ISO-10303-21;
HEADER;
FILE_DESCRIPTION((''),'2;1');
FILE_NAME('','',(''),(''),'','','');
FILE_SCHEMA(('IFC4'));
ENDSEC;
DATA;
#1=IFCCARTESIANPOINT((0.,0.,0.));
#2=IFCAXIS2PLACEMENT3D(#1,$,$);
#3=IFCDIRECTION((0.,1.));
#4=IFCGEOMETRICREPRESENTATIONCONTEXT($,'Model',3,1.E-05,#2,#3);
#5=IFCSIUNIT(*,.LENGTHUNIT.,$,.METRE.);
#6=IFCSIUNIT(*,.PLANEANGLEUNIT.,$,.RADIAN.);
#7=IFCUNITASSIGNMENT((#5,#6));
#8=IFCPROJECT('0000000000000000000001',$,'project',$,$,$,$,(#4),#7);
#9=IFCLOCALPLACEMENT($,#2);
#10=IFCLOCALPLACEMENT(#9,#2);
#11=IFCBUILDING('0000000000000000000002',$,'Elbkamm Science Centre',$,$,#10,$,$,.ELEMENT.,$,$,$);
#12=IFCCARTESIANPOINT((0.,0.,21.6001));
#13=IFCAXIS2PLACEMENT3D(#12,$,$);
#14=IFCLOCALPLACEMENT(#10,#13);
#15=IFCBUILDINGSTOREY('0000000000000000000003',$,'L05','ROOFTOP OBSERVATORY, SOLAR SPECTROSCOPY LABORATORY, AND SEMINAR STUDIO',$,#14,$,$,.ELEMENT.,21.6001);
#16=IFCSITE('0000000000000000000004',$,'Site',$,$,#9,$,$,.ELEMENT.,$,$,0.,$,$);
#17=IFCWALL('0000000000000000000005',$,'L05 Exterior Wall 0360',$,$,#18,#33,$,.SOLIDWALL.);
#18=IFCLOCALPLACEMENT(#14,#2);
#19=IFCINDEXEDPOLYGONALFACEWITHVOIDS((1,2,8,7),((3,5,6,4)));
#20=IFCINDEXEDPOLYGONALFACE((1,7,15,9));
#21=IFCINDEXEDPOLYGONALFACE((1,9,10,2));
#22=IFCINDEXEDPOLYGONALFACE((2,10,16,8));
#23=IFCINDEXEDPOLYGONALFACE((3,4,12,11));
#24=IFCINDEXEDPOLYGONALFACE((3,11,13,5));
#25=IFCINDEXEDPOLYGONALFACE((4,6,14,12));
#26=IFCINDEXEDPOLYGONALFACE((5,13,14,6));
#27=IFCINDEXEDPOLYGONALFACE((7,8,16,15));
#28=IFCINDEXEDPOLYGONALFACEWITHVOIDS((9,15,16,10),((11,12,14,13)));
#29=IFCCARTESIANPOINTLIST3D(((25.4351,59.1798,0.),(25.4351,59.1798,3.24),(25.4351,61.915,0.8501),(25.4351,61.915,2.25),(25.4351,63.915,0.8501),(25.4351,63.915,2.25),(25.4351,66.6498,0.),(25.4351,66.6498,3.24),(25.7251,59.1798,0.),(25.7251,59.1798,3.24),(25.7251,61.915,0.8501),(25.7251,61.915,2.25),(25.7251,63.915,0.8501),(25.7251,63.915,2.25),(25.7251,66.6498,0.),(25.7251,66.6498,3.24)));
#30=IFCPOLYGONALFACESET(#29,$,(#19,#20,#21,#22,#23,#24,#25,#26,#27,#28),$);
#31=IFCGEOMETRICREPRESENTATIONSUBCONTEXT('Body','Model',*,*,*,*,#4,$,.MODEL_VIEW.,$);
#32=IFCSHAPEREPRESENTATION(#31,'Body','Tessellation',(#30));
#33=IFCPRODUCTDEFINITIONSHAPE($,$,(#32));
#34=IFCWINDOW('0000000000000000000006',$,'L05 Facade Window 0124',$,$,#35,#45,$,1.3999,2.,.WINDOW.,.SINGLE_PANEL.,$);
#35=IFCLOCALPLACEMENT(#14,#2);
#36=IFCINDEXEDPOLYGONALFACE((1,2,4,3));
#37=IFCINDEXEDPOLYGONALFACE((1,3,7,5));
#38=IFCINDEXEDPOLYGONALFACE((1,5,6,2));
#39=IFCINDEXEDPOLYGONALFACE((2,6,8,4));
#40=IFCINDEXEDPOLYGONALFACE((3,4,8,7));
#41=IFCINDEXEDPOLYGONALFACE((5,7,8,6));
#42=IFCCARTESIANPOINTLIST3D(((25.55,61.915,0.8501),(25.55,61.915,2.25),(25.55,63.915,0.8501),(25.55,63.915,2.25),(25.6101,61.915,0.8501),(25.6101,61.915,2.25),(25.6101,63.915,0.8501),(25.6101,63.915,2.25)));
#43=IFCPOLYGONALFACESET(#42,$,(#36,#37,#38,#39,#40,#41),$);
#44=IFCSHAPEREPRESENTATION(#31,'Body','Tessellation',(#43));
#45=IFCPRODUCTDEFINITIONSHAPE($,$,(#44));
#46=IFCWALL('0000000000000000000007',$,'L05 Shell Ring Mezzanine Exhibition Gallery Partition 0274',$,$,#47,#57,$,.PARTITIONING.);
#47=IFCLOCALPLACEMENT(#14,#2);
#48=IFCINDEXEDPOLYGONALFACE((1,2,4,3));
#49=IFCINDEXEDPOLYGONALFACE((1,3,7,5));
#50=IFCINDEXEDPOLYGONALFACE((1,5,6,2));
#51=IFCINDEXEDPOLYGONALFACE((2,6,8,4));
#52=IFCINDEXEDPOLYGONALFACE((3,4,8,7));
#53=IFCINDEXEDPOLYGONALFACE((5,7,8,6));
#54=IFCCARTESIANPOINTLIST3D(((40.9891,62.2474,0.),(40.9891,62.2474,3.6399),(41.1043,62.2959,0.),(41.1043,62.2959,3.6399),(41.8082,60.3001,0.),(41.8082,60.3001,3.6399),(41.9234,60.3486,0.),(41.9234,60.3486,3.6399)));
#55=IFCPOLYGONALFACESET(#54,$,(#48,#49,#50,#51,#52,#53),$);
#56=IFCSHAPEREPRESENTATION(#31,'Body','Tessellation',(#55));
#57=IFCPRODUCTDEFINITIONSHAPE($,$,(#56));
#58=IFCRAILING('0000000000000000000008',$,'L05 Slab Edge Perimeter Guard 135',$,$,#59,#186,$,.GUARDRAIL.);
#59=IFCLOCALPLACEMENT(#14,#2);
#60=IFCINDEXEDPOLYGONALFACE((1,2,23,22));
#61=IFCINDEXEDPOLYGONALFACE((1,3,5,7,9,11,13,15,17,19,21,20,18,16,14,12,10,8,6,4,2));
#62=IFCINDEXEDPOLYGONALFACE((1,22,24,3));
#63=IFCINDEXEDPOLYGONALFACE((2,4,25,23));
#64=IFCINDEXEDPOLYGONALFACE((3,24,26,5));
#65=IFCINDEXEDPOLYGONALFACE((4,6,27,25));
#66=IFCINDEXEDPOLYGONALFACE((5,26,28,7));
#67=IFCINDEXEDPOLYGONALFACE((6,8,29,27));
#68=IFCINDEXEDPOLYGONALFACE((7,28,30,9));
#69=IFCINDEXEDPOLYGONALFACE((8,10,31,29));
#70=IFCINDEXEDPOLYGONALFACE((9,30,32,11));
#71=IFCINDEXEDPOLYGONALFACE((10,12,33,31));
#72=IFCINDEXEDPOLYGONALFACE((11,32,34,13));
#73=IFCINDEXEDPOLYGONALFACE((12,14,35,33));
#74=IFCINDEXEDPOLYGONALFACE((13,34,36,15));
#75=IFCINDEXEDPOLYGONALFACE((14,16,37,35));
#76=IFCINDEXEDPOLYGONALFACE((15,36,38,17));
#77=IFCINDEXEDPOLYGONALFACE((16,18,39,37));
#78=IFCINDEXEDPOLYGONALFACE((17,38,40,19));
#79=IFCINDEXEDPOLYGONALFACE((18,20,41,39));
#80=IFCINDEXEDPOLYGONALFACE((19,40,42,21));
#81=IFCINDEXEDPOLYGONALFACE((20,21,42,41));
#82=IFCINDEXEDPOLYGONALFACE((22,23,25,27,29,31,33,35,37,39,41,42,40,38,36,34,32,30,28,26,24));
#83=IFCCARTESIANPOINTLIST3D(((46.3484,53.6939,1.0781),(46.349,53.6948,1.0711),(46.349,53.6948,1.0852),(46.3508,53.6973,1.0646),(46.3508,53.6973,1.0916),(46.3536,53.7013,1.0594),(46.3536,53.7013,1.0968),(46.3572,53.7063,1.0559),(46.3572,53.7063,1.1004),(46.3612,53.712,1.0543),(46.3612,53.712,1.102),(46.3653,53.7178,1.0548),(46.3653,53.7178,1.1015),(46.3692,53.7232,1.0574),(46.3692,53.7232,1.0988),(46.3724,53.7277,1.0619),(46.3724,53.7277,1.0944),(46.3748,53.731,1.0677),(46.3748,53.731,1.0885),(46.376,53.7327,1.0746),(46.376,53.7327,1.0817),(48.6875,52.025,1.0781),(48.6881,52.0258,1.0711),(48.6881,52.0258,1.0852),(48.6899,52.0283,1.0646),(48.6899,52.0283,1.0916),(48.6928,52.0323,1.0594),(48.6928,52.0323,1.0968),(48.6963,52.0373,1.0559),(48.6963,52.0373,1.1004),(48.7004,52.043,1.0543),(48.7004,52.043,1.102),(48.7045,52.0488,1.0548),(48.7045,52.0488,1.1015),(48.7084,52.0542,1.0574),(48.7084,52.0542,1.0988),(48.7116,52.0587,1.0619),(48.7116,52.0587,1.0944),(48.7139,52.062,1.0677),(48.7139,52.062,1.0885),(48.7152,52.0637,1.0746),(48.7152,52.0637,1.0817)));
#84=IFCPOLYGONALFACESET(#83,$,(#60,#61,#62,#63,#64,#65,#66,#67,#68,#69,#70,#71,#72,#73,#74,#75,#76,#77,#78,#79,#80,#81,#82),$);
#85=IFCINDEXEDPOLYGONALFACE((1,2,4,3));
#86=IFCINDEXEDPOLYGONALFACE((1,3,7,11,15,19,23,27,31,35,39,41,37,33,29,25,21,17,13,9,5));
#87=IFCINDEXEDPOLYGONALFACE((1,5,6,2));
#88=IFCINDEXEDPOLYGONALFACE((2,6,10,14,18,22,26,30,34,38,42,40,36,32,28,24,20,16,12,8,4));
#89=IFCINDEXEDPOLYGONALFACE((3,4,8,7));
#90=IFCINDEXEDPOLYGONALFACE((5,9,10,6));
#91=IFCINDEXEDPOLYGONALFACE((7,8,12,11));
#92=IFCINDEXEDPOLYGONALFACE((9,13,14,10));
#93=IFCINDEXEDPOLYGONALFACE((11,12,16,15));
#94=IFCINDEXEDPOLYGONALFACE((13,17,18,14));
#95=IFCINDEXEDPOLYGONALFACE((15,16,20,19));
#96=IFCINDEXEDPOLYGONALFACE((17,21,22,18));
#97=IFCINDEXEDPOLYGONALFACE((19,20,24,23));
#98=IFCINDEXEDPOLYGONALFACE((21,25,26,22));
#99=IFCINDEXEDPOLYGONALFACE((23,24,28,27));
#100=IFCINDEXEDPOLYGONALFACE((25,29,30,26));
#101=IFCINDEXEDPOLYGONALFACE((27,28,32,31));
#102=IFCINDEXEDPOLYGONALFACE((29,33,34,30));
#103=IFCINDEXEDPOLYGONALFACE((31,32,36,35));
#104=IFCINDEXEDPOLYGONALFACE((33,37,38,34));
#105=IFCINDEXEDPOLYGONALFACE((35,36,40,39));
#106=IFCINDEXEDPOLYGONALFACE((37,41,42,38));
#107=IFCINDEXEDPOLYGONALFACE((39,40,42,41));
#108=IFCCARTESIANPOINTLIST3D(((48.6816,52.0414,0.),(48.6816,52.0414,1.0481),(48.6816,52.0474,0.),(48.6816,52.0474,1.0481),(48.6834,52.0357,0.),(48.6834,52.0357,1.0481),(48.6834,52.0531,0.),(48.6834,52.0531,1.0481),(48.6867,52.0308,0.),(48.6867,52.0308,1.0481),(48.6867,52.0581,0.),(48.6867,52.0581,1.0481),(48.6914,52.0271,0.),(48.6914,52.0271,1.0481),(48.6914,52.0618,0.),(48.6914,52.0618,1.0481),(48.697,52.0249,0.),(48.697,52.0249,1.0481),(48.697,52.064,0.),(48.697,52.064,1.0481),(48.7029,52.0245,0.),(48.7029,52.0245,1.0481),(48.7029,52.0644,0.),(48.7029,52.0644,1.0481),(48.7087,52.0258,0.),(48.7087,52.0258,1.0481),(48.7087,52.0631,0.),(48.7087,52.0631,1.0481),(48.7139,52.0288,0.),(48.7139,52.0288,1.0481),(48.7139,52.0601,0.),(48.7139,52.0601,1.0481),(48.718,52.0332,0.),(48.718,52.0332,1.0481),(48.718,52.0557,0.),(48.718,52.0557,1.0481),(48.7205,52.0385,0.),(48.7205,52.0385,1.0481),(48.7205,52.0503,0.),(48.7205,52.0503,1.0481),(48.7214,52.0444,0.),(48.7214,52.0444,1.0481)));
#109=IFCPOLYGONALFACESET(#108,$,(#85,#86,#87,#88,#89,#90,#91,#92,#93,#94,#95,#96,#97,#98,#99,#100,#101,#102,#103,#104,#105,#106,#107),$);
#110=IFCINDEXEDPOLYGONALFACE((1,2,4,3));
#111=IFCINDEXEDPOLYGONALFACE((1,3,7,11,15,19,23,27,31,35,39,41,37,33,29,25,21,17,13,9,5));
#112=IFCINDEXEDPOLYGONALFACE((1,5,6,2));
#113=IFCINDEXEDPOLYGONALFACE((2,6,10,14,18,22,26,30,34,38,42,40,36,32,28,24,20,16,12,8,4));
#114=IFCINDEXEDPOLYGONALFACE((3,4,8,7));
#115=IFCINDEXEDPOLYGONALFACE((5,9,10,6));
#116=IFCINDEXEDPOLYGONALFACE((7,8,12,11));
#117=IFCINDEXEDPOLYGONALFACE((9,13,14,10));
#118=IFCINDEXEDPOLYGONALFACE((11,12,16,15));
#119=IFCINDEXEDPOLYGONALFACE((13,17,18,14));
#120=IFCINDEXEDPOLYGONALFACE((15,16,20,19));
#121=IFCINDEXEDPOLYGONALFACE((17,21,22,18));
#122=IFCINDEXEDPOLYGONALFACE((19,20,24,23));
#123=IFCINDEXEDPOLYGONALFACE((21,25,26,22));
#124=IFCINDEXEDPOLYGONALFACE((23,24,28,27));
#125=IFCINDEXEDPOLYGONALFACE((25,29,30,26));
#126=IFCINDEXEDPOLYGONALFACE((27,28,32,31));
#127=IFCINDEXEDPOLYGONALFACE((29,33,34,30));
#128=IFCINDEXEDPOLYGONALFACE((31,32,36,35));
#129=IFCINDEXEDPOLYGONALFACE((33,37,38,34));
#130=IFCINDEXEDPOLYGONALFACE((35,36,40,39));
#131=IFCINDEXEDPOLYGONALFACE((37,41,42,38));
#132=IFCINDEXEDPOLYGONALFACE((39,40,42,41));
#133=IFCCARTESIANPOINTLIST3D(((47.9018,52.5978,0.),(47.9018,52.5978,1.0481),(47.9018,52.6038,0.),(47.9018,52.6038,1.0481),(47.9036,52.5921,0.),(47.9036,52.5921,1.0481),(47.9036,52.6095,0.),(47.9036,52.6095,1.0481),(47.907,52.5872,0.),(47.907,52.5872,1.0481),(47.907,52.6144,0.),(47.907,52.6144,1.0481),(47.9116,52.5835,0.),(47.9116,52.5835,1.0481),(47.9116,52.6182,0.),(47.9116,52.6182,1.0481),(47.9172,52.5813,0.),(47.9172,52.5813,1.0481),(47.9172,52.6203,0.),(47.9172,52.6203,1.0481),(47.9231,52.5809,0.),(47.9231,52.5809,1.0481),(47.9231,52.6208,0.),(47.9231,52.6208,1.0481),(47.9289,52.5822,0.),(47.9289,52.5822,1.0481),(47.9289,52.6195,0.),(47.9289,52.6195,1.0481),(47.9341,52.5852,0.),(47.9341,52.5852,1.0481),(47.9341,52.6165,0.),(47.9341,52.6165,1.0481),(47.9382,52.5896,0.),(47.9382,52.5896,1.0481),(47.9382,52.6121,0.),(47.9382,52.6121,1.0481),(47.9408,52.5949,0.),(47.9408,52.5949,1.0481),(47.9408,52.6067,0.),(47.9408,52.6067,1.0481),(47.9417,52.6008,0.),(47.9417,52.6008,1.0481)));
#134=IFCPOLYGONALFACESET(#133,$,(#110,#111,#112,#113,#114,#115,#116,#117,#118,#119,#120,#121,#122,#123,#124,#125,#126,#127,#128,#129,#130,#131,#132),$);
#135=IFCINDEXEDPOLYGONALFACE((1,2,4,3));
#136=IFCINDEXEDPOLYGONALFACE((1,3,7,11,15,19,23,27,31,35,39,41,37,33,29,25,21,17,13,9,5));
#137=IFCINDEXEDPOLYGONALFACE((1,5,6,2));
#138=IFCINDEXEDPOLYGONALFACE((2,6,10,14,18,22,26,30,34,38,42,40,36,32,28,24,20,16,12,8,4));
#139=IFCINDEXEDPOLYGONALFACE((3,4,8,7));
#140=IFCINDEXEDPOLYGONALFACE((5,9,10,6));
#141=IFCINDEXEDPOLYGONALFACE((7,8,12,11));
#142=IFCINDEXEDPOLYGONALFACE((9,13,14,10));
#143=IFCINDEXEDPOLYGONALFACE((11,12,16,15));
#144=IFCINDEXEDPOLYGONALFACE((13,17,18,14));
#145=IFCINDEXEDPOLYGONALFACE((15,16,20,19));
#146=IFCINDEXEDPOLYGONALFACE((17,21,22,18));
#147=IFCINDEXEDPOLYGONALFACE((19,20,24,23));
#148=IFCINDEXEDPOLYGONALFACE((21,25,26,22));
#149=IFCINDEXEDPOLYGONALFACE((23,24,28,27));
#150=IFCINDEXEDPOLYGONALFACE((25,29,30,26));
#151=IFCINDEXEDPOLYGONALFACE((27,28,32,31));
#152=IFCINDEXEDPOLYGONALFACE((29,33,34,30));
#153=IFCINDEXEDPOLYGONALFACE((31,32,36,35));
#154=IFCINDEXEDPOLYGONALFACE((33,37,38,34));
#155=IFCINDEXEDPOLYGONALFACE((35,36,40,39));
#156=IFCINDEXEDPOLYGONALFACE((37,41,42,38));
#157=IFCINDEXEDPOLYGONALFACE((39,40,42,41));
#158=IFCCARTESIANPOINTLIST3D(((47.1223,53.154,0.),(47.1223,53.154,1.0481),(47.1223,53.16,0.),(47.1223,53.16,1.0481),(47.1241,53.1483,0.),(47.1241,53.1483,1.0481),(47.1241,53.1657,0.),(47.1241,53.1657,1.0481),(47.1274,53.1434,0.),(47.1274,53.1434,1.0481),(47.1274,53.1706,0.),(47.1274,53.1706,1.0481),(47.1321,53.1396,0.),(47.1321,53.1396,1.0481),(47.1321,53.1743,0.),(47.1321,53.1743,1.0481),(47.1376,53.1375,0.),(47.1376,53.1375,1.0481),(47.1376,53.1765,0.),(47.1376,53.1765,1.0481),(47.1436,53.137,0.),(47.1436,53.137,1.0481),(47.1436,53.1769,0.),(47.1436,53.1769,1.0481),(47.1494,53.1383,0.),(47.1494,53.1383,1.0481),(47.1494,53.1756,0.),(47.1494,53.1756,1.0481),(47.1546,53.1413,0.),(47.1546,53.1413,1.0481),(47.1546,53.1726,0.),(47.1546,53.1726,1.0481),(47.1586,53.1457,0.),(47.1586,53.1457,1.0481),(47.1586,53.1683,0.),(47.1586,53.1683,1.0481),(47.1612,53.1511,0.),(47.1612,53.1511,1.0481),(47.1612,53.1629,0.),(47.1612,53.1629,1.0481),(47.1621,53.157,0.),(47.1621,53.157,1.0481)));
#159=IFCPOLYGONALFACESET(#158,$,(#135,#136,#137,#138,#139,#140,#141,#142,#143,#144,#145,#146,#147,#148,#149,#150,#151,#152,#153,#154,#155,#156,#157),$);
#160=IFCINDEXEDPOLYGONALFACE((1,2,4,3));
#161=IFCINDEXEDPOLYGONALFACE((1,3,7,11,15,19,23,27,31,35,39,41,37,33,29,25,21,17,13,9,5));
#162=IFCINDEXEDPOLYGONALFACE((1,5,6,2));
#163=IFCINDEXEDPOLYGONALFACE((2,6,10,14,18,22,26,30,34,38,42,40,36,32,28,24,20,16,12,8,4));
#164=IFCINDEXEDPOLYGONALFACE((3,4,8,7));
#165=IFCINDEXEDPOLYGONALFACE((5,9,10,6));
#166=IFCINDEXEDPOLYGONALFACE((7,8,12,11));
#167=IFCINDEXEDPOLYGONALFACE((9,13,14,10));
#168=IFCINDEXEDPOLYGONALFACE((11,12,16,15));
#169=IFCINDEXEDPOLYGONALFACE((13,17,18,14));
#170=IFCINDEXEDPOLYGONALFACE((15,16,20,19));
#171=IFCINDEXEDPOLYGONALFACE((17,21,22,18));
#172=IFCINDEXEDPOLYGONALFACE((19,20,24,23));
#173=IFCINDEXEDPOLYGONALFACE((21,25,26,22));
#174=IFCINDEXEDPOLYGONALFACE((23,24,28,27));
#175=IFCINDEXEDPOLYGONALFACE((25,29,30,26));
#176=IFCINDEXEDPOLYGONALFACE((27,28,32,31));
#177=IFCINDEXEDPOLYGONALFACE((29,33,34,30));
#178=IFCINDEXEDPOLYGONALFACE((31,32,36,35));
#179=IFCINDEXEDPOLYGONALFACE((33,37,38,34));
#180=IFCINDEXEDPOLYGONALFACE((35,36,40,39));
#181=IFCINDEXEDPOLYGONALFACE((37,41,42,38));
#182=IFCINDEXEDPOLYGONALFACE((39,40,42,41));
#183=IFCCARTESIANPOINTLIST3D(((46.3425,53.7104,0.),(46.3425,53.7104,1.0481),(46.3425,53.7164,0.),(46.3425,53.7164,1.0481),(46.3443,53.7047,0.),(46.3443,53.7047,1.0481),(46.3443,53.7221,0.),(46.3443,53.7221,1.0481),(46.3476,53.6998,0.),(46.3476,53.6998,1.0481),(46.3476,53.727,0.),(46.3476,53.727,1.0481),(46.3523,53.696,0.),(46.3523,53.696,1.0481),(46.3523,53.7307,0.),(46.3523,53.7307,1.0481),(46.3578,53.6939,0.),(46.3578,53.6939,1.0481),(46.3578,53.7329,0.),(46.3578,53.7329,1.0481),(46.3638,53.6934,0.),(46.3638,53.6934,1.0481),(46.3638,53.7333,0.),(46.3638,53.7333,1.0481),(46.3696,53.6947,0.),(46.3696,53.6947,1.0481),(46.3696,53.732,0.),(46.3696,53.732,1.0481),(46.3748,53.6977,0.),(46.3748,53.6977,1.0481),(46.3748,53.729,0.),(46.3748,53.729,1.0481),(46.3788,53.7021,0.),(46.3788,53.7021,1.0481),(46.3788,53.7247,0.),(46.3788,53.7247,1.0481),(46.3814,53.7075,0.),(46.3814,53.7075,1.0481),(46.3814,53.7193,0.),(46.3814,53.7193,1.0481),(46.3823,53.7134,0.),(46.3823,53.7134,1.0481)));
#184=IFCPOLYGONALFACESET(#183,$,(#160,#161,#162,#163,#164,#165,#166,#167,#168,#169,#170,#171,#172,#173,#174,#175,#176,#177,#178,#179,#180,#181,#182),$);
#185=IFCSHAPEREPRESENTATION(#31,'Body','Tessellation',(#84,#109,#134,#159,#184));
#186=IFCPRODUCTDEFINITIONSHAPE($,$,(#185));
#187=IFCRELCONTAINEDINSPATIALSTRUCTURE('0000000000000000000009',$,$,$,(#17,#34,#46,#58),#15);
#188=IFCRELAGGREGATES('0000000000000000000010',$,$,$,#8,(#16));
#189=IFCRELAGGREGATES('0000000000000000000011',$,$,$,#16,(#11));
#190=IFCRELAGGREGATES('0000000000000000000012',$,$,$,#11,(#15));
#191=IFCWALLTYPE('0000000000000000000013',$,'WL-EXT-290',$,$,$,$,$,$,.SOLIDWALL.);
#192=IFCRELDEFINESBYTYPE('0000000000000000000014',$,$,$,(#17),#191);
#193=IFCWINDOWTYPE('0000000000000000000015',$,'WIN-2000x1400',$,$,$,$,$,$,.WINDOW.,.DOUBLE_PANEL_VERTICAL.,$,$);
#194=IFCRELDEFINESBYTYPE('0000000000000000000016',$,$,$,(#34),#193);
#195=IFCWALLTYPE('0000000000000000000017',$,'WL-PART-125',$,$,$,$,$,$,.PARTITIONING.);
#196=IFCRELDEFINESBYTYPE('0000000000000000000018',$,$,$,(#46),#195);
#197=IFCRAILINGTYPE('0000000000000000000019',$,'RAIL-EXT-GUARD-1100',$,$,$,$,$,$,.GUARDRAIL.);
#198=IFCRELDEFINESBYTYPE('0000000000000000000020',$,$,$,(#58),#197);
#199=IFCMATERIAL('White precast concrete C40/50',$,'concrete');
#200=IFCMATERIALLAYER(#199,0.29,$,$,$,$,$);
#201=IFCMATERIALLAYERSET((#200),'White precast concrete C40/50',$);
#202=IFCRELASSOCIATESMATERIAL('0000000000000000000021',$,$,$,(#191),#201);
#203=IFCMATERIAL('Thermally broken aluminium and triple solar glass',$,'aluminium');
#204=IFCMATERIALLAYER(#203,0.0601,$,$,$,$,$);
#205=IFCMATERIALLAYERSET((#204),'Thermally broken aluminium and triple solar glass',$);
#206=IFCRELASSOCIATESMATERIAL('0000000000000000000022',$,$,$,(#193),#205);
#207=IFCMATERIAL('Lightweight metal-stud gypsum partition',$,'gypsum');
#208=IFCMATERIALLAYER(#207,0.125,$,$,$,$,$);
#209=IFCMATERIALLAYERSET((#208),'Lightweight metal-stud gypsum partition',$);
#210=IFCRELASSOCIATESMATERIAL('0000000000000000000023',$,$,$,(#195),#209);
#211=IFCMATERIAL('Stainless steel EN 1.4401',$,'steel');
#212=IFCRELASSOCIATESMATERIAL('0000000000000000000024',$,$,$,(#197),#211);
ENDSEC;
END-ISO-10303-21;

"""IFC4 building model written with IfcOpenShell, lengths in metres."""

from ifc_helpers import new_model, si_unit, direction, frame, frame_2d, origin, origin_2d, place, context, subcontext, project, spatial, rectangle, circle, extrude, material, layer, layer_set, type_object, element, fill, save


model = new_model("IFC4")

# Units and contexts
model_context = context("Model", 3, precision=1e-05, world=origin(), true_north=direction((0.0, 1.0)))
body_context = subcontext(model_context, "Body", "Model", "MODEL_VIEW")
ifc_project = project(units=[si_unit("LENGTHUNIT", "METRE"), si_unit("PLANEANGLEUNIT", "RADIAN")], contexts=[model_context])

# Site, building, storey
site_placement = place(None, origin())
site = spatial("IfcSite", under=ifc_project, at=site_placement, Name="Site", CompositionType="ELEMENT", RefElevation=0.0)
building_placement = place(site_placement, origin())
building = spatial("IfcBuilding", under=site, at=building_placement, Name="Elbkamm Science Centre", CompositionType="ELEMENT")
storey_placement = place(building_placement, frame((0.0, 0.0, 21.6001)))
storey = spatial("IfcBuildingStorey", under=building, at=storey_placement, Name="L05", Description="ROOFTOP OBSERVATORY, SOLAR SPECTROSCOPY LABORATORY, AND SEMINAR STUDIO", CompositionType="ELEMENT", Elevation=21.6001)

# Shared definitions
ifc_material_1 = material(Name="White precast concrete C40/50", Category="concrete")
ifc_material_2 = material(Name="Thermally broken aluminium and triple solar glass", Category="aluminium")

# Shared definitions
ifc_layer_1 = layer(ifc_material_1, 0.29)
ifc_layer_set_1 = layer_set([ifc_layer_1], Name="White precast concrete C40/50")
wall_type_1 = type_object("IfcWallType", Name="WL-EXT-290", PredefinedType="SOLIDWALL", material=ifc_layer_set_1)

# Wall, opening, window
wall_1_placement = place(storey_placement, frame((25.5801, 59.1799, 0.0), z_axis=(0.0, 0.0, 1.0), x_axis=(0.0, 1.0, 0.0)))
wall_1 = element("IfcWall", 1, at=wall_1_placement, inside=storey, type_object=wall_type_1, Name="L05 Exterior Wall 0360", PredefinedType="SOLIDWALL", context=body_context, shape_type="SweptSolid", body=[
    extrude(rectangle(XDim=7.47, YDim=0.29, at=frame_2d((3.7349, 0.0))), origin(), (0.0, 0.0, 1.0), 3.24),
])
opening_1_placement = place(wall_1_placement, frame((2.7351, 0.0, 0.8501)))
opening_1 = element("IfcOpeningElement", 2, at=opening_1_placement, cuts=wall_1, PredefinedType="OPENING", context=body_context, shape_type="SweptSolid", body=[
    extrude(rectangle(XDim=2.0, YDim=1.3999, at=frame_2d((1.0, 0.7))), frame((0.0, 0.157, 0.0), z_axis=(0.0, -1.0, 0.0), x_axis=(1.0, 0.0, 0.0)), (0.0, 0.0, 1.0), 0.314),
])
ifc_layer_2 = layer(ifc_material_2, 0.0601)
ifc_layer_set_2 = layer_set([ifc_layer_2], Name="Thermally broken aluminium and triple solar glass")
window_type_1 = type_object("IfcWindowType", Name="WIN-2000x1400", PartitioningType="DOUBLE_PANEL_VERTICAL", PredefinedType="WINDOW", material=ifc_layer_set_2)
window_1_placement = place(opening_1_placement, origin())
window_1 = element("IfcWindow", 3, at=window_1_placement, inside=storey, type_object=window_type_1, Name="L05 Facade Window 0124", OverallHeight=1.3999, OverallWidth=2.0, PartitioningType="SINGLE_PANEL", PredefinedType="WINDOW", context=body_context, shape_type="SweptSolid", body=[
    extrude(rectangle(XDim=2.0, YDim=1.3999, at=frame_2d((1.0, 0.7))), frame((0.0, 0.03, 0.0), z_axis=(0.0, -1.0, 0.0), x_axis=(1.0, 0.0, 0.0)), (0.0, 0.0, 1.0), 0.0601),
])
fill(opening_1, window_1)

# Wall
ifc_material_3 = material(Name="Lightweight metal-stud gypsum partition", Category="gypsum")
ifc_layer_3 = layer(ifc_material_3, 0.125)
ifc_layer_set_3 = layer_set([ifc_layer_3], Name="Lightweight metal-stud gypsum partition")
wall_type_2 = type_object("IfcWallType", Name="WL-PART-125", PredefinedType="PARTITIONING", material=ifc_layer_set_3)
wall_2_placement = place(storey_placement, frame((41.8657, 60.3245, 0.0), z_axis=(0.0, 0.0, 1.0), x_axis=(-0.387731, 0.921772, 0.0)))
element("IfcWall", 4, at=wall_2_placement, inside=storey, type_object=wall_type_2, Name="L05 Shell Ring Mezzanine Exhibition Gallery Partition 0274", PredefinedType="PARTITIONING", context=body_context, shape_type="SweptSolid", body=[
    extrude(rectangle(XDim=2.1125, YDim=0.125, at=frame_2d((1.0562, 0.0))), origin(), (0.0, 0.0, 1.0), 3.6399),
])

# Railing
ifc_material_4 = material(Name="Stainless steel EN 1.4401", Category="steel")
railing_type = type_object("IfcRailingType", Name="RAIL-EXT-GUARD-1100", PredefinedType="GUARDRAIL", material=ifc_material_4)
railing_1_placement = place(storey_placement, frame((48.7014, 52.0444, 0.0)))
element("IfcRailing", 5, at=railing_1_placement, inside=storey, type_object=railing_type, Name="L05 Slab Edge Perimeter Guard 135", PredefinedType="GUARDRAIL", context=body_context, shape_type="SweptSolid", body=[
    extrude(circle(Radius=0.0239, at=origin_2d()), frame((0.0, 0.0, 1.0781), z_axis=(-0.814038, 0.580812, 0.0), x_axis=(-0.580812, -0.814038, 0.0)), (0.0, 0.0, 1.0), 2.8735),
    extrude(circle(Radius=0.02, at=origin_2d()), origin(), (0.0, 0.0, 1.0), 1.0481),
    extrude(circle(Radius=0.02, at=origin_2d()), frame((-0.7798, 0.5564, 0.0)), (0.0, 0.0, 1.0), 1.0481),
    extrude(circle(Radius=0.02, at=origin_2d()), frame((-1.5593, 1.1125, 0.0)), (0.0, 0.0, 1.0), 1.0481),
    extrude(circle(Radius=0.02, at=origin_2d()), frame((-2.3391, 1.6689, 0.0)), (0.0, 0.0, 1.0), 1.0481),
])

save(model, "model.ifc")
